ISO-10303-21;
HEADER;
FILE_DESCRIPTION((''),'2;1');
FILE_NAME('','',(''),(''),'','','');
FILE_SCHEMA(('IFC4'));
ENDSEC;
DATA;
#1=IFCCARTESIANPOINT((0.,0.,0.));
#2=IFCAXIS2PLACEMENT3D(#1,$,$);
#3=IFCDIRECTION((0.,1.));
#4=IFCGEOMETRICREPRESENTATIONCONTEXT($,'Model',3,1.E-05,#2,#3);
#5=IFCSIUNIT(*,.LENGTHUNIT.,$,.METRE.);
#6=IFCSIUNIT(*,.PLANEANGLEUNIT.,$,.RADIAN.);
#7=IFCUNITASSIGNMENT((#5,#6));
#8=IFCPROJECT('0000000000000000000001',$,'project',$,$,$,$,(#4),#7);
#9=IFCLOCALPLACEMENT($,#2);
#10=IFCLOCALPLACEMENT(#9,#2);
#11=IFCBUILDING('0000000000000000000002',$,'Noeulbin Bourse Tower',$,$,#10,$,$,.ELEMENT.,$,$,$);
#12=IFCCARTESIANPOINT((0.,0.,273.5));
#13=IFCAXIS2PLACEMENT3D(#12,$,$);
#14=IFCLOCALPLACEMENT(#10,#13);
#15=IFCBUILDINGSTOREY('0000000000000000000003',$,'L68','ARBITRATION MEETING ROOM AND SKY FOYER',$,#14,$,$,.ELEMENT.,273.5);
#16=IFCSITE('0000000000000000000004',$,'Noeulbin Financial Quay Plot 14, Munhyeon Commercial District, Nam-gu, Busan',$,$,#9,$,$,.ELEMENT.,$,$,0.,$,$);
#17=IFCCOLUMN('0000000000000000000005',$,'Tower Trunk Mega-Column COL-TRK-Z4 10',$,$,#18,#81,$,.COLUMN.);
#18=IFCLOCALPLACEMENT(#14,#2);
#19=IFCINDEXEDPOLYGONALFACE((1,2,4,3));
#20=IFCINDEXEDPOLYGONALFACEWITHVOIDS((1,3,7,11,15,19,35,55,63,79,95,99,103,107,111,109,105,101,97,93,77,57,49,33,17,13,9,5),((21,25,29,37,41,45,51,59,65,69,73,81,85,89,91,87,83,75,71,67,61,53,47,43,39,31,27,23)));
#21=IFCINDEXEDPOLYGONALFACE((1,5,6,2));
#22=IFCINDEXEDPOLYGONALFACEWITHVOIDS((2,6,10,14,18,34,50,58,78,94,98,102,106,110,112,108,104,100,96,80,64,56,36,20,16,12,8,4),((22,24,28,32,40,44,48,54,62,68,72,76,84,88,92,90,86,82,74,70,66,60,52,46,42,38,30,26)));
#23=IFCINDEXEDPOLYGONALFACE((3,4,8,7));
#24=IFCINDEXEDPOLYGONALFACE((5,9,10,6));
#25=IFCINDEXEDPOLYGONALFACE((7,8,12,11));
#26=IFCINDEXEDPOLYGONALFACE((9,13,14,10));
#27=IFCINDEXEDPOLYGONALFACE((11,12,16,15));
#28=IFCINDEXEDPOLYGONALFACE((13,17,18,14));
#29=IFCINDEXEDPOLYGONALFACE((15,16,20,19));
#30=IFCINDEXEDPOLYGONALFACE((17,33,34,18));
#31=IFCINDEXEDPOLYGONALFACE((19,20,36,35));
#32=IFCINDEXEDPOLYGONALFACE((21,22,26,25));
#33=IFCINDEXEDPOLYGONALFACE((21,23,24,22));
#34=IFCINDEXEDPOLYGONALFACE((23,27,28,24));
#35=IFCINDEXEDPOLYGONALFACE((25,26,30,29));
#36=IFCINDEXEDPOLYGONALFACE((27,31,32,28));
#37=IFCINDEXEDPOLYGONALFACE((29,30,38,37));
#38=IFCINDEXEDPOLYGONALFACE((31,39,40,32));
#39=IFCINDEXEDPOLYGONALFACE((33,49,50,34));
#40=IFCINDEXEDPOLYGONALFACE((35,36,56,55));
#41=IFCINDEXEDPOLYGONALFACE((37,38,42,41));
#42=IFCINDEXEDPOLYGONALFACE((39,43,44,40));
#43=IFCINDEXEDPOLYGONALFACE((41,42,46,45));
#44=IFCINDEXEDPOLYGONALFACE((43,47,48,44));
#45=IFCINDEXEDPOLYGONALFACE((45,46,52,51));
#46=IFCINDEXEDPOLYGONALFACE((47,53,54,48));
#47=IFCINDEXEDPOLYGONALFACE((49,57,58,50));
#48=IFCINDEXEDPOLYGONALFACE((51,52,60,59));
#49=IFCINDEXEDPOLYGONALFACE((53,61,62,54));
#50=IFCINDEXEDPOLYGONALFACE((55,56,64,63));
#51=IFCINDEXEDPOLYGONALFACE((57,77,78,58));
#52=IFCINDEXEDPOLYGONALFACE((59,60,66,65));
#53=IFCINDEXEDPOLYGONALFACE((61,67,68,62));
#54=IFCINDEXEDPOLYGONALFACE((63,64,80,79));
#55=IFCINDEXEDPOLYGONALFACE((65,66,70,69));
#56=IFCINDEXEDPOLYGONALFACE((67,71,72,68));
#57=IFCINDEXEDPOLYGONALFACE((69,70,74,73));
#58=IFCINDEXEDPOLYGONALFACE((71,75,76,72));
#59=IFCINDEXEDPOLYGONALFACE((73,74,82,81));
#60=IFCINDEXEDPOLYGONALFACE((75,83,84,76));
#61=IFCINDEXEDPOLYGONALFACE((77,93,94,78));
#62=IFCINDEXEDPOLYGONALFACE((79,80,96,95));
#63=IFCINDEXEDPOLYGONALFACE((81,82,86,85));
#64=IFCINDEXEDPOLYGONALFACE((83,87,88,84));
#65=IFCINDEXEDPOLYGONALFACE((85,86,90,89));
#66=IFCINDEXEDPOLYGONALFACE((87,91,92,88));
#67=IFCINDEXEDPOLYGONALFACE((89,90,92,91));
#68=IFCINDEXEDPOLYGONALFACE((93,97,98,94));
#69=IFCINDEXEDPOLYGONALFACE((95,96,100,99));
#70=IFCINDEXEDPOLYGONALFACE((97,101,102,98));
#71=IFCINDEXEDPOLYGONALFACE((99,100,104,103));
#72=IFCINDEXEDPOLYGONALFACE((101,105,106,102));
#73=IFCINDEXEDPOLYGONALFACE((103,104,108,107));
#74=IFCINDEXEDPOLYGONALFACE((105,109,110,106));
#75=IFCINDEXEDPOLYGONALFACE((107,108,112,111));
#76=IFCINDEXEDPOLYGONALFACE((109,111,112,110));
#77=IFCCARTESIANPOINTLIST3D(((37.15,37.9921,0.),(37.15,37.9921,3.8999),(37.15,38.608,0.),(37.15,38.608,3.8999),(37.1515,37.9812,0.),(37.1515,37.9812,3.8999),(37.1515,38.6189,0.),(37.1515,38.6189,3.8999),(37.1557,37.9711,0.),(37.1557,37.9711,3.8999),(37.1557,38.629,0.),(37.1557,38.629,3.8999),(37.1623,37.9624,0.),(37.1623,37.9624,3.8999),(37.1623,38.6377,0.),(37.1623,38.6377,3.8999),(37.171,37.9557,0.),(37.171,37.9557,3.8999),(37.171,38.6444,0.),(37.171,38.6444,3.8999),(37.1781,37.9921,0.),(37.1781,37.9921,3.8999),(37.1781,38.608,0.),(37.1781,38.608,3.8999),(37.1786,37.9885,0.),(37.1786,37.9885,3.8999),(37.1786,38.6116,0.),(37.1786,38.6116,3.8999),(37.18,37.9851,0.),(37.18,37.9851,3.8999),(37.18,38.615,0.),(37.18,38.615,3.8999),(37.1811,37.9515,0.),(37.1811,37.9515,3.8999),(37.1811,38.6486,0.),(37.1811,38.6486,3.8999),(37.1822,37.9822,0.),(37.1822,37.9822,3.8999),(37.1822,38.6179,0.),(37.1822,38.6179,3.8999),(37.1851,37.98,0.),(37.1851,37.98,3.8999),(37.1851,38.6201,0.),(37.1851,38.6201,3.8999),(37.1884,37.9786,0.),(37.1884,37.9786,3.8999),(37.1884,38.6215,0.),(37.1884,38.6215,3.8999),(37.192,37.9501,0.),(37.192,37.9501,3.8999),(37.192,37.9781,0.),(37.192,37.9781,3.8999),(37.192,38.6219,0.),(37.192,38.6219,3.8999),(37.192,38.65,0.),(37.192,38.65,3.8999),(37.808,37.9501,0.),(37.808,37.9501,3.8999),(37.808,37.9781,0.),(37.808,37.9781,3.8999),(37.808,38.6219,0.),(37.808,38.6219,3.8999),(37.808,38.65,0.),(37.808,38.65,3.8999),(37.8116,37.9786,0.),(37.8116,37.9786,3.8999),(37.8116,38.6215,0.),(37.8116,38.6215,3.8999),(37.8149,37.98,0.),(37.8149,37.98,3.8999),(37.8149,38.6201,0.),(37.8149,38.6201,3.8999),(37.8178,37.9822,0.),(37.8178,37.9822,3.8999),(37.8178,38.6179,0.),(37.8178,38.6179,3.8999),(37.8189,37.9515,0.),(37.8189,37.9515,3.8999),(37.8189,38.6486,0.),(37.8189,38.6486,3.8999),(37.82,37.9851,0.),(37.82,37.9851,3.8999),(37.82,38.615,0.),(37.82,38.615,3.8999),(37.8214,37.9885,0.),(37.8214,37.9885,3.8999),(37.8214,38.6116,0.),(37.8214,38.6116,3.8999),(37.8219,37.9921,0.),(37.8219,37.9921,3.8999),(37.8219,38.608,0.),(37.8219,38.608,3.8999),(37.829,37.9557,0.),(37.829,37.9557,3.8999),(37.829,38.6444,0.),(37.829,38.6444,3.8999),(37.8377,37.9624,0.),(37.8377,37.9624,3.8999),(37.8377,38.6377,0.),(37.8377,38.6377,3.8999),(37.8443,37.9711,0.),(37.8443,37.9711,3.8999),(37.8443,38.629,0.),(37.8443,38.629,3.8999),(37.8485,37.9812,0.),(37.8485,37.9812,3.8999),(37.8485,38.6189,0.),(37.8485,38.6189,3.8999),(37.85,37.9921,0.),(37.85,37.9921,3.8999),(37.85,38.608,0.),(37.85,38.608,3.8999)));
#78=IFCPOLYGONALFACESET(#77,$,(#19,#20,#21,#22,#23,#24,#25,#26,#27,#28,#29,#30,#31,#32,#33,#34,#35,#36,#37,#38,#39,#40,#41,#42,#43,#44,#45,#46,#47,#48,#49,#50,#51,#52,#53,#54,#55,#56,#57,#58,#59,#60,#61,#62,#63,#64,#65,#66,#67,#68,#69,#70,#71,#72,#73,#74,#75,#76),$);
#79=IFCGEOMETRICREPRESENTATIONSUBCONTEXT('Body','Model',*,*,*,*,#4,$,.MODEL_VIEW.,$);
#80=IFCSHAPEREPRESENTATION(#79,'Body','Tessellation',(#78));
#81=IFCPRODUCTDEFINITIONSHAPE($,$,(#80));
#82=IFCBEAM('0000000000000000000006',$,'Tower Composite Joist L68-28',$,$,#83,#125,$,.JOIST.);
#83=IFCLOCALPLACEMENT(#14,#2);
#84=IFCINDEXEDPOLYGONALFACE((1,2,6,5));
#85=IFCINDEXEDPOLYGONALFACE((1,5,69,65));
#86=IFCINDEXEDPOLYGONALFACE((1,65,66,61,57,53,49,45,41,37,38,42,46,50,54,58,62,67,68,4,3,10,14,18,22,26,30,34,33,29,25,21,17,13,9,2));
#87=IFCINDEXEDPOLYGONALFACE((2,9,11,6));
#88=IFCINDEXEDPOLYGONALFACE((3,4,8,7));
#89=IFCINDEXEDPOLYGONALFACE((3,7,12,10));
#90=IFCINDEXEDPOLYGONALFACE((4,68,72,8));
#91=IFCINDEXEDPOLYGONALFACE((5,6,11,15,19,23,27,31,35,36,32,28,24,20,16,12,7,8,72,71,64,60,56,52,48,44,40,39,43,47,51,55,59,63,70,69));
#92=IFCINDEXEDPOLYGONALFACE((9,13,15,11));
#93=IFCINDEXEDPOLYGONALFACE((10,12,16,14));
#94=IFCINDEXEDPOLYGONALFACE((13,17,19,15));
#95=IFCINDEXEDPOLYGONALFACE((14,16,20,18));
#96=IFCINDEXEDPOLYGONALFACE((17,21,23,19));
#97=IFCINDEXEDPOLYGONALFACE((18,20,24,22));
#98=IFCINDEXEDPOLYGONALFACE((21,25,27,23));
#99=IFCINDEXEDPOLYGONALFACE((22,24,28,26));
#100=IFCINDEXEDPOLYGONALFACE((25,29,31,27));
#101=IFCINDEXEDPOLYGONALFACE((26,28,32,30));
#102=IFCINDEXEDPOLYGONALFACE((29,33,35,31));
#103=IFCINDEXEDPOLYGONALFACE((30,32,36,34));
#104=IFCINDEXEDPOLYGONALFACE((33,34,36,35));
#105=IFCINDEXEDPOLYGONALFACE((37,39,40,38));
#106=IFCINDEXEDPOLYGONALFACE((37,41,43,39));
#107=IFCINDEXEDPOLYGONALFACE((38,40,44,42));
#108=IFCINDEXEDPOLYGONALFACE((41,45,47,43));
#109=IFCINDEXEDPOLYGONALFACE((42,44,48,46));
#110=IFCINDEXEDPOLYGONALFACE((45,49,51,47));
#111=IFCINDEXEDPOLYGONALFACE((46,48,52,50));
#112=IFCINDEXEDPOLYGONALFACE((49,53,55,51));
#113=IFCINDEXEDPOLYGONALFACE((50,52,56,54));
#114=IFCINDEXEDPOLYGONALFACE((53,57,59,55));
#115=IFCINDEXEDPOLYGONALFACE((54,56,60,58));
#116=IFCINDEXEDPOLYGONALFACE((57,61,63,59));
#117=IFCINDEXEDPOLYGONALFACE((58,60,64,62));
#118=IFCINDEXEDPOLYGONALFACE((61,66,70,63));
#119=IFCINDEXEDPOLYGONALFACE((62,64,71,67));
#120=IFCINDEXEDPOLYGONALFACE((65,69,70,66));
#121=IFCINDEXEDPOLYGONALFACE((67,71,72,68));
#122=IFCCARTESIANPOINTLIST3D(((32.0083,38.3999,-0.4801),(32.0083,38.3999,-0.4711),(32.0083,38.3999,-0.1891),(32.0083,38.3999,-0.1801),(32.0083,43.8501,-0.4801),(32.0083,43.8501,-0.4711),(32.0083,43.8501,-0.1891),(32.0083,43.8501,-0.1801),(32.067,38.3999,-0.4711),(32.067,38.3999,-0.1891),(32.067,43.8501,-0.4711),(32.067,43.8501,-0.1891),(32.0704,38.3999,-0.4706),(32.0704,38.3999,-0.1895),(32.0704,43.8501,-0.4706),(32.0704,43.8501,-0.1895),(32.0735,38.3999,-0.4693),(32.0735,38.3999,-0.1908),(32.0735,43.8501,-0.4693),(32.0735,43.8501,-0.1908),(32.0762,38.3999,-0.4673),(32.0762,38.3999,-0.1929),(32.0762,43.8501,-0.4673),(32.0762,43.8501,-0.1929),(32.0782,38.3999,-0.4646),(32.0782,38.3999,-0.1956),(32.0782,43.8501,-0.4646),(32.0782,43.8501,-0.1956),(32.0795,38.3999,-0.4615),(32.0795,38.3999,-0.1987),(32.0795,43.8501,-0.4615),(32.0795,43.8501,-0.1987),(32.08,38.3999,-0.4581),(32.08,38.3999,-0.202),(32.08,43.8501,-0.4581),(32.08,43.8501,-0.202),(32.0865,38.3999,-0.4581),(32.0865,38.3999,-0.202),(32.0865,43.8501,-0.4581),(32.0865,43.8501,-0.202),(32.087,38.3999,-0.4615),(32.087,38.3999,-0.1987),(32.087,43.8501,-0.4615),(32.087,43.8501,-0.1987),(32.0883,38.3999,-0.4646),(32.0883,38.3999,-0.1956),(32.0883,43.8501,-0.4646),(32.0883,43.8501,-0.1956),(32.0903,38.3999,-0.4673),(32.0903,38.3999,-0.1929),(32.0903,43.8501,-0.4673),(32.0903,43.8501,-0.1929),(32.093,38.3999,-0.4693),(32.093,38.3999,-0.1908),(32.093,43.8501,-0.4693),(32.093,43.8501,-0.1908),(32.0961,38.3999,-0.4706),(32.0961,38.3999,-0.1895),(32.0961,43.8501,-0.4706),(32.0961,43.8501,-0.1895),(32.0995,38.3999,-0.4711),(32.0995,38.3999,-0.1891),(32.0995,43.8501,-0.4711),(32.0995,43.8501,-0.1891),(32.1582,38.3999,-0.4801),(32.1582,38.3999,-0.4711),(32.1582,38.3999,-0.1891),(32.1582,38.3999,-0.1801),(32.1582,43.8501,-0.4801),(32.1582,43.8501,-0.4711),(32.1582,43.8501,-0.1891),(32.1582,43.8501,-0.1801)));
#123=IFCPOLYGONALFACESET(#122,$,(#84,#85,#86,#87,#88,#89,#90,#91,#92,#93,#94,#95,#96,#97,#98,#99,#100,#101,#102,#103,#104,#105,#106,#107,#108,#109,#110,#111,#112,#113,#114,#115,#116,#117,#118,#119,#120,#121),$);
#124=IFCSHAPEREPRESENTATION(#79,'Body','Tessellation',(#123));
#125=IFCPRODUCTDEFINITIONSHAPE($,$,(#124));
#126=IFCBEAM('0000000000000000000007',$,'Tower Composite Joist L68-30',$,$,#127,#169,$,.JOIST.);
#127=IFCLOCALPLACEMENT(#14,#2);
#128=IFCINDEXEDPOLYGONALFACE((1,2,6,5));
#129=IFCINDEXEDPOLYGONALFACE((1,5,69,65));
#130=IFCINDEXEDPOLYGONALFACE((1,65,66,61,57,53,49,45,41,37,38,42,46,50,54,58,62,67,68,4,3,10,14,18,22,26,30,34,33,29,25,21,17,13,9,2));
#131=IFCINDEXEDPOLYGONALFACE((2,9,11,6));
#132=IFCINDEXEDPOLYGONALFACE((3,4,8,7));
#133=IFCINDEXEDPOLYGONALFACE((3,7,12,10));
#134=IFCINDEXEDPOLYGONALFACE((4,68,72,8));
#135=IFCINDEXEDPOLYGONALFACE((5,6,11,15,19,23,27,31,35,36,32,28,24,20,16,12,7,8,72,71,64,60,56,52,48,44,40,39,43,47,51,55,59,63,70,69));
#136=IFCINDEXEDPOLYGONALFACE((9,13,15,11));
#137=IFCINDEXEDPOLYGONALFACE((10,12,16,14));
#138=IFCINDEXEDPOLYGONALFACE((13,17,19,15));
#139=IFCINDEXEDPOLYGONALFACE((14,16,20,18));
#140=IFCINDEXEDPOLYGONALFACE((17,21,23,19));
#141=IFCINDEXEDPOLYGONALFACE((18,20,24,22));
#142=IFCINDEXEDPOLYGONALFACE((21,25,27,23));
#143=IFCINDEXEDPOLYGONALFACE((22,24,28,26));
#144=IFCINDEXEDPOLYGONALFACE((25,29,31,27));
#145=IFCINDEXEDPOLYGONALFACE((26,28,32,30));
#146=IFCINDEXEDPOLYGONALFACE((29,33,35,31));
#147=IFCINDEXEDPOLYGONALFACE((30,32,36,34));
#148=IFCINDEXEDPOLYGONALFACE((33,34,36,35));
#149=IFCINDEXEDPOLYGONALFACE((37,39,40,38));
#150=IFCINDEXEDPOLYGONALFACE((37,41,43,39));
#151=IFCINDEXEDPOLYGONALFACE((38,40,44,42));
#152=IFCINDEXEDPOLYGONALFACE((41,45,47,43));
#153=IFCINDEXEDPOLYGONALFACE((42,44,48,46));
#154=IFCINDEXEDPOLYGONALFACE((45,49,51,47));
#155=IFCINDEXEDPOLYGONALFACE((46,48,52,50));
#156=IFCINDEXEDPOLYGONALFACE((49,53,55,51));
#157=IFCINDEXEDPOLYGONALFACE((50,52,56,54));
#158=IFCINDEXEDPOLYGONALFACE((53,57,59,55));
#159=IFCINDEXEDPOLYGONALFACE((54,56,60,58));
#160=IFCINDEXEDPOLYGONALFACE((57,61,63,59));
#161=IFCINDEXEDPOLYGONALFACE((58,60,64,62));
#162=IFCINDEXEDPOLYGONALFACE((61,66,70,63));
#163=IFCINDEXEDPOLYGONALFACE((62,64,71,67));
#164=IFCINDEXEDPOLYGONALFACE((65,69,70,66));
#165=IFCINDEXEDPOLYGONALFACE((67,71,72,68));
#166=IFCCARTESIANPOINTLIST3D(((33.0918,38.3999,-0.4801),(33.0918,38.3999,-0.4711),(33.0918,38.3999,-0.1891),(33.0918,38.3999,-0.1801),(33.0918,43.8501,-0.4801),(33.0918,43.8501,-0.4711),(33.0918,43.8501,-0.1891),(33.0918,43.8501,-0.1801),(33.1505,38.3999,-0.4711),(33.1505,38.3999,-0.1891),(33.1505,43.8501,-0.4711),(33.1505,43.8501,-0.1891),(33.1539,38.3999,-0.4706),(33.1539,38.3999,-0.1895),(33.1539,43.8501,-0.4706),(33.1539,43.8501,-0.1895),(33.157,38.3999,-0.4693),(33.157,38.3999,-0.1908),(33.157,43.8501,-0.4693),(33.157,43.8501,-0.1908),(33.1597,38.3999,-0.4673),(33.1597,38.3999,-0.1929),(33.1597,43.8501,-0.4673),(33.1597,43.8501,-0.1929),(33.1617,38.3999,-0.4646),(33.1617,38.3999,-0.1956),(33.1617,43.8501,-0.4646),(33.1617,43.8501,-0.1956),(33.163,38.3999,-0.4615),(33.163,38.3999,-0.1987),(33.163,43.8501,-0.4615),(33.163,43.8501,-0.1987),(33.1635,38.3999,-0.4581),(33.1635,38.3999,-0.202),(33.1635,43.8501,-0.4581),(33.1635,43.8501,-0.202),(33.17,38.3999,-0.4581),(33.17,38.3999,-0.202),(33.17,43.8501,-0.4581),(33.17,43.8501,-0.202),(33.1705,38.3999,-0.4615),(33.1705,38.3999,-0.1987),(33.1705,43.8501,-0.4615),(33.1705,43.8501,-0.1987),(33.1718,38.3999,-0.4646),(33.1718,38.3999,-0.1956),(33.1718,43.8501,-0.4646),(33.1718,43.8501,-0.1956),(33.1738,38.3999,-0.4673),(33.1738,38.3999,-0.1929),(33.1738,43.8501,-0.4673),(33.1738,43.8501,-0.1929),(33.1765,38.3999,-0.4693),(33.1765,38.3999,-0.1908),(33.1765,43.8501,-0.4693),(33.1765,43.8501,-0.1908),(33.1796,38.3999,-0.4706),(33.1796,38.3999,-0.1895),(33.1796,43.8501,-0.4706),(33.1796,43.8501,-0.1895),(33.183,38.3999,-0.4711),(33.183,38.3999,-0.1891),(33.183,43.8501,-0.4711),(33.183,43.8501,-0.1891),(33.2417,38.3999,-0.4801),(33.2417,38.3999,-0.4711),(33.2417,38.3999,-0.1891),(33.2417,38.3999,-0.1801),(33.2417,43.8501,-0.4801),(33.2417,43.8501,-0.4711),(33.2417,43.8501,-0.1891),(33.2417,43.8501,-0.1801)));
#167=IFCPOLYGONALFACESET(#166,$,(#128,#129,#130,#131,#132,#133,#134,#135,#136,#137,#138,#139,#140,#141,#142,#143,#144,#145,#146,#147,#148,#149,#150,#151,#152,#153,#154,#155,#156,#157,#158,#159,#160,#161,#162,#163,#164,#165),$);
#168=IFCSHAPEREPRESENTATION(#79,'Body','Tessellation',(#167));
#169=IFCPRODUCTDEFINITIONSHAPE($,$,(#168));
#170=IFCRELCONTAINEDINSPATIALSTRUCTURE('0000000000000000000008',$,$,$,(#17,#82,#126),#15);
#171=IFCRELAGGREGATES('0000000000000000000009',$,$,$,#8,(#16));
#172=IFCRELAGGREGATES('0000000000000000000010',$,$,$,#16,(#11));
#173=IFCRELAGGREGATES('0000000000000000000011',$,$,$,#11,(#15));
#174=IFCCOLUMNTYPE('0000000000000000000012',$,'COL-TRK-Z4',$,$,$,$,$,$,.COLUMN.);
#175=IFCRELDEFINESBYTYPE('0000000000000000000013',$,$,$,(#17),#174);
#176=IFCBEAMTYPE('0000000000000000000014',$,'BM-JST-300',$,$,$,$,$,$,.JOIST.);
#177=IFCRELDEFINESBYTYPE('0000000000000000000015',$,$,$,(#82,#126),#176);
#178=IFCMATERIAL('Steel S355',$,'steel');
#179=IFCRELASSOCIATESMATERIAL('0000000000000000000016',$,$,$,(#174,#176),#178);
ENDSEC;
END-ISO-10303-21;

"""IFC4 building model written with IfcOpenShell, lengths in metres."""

from ifc_helpers import new_model, si_unit, direction, frame, origin, origin_2d, place, context, subcontext, project, spatial, hollow_rectangle, i_section, extrude, material, material_profile, profile_set, type_object, element, save


model = new_model("IFC4")

# Units and contexts
model_context = context("Model", 3, precision=1e-05, world=origin(), true_north=direction((0.0, 1.0)))
body_context = subcontext(model_context, "Body", "Model", "MODEL_VIEW")
ifc_project = project(units=[si_unit("LENGTHUNIT", "METRE"), si_unit("PLANEANGLEUNIT", "RADIAN")], contexts=[model_context])

# Site, building, storey
site_placement = place(None, origin())
site = spatial("IfcSite", under=ifc_project, at=site_placement, Name="Noeulbin Financial Quay Plot 14, Munhyeon Commercial District, Nam-gu, Busan", CompositionType="ELEMENT", RefElevation=0.0)
building_placement = place(site_placement, origin())
building = spatial("IfcBuilding", under=site, at=building_placement, Name="Noeulbin Bourse Tower", CompositionType="ELEMENT")
storey_placement = place(building_placement, frame((0.0, 0.0, 273.5)))
storey = spatial("IfcBuildingStorey", under=building, at=storey_placement, Name="L68", Description="ARBITRATION MEETING ROOM AND SKY FOYER", CompositionType="ELEMENT", Elevation=273.5)

# Column
ifc_material_1 = material(Name="Steel S355", Category="steel")
ifc_material_profile_1 = material_profile(ifc_material_1, hollow_rectangle(XDim=0.7, YDim=0.7, WallThickness=0.0281, InnerFilletRadius=0.0139, OuterFilletRadius=0.042, at=origin_2d()), Name="BOX-700x700x28", Category="LoadBearing")
ifc_profile_set_1 = profile_set([ifc_material_profile_1], Name="Steel S355")
column_type = type_object("IfcColumnType", Name="COL-TRK-Z4", PredefinedType="COLUMN", material=ifc_profile_set_1)
column_placement = place(storey_placement, frame((37.5, 38.3, 0.0), z_axis=(0.0, 0.0, 1.0), x_axis=(1.0, 0.0, 0.0)))
element("IfcColumn", 1, at=column_placement, inside=storey, type_object=column_type, Name="Tower Trunk Mega-Column COL-TRK-Z4 10", PredefinedType="COLUMN", context=body_context, shape_type="SweptSolid", body=[
    extrude(hollow_rectangle(XDim=0.7, YDim=0.7, WallThickness=0.0281, InnerFilletRadius=0.0139, OuterFilletRadius=0.042, at=origin_2d()), origin(), (0.0, 0.0, 1.0), 3.8999),
])

# Beams
ifc_material_profile_2 = material_profile(ifc_material_1, i_section(OverallWidth=0.1499, OverallDepth=0.3, WebThickness=0.0066, FlangeThickness=0.009, FilletRadius=0.0129, at=origin_2d()), Name="H-300x150x6.5x9", Category="LoadBearing")
ifc_profile_set_2 = profile_set([ifc_material_profile_2], Name="Steel S355")
beam_type = type_object("IfcBeamType", Name="BM-JST-300", PredefinedType="JOIST", material=ifc_profile_set_2)
for number, where, z_axis, x_axis, name in (
    (2, (32.0833, 38.3999, -0.3301), (0.0, 1.0, 0.0), (-1.0, 0.0, 0.0), "Tower Composite Joist L68-28"),
    (3, (33.1667, 38.3999, -0.3301), (0.0, 1.0, 0.0), (-1.0, 0.0, 0.0), "Tower Composite Joist L68-30"),
):
    element("IfcBeam", number, at=place(storey_placement, frame(where, z_axis=z_axis, x_axis=x_axis)), inside=storey, type_object=beam_type, Name=name, PredefinedType="JOIST", context=body_context, shape_type="SweptSolid", body=[
        extrude(i_section(OverallWidth=0.1499, OverallDepth=0.3, WebThickness=0.0066, FlangeThickness=0.009, FilletRadius=0.0129, at=origin_2d()), origin(), (0.0, 0.0, 1.0), 5.4502),
    ])

save(model, "model.ifc")
